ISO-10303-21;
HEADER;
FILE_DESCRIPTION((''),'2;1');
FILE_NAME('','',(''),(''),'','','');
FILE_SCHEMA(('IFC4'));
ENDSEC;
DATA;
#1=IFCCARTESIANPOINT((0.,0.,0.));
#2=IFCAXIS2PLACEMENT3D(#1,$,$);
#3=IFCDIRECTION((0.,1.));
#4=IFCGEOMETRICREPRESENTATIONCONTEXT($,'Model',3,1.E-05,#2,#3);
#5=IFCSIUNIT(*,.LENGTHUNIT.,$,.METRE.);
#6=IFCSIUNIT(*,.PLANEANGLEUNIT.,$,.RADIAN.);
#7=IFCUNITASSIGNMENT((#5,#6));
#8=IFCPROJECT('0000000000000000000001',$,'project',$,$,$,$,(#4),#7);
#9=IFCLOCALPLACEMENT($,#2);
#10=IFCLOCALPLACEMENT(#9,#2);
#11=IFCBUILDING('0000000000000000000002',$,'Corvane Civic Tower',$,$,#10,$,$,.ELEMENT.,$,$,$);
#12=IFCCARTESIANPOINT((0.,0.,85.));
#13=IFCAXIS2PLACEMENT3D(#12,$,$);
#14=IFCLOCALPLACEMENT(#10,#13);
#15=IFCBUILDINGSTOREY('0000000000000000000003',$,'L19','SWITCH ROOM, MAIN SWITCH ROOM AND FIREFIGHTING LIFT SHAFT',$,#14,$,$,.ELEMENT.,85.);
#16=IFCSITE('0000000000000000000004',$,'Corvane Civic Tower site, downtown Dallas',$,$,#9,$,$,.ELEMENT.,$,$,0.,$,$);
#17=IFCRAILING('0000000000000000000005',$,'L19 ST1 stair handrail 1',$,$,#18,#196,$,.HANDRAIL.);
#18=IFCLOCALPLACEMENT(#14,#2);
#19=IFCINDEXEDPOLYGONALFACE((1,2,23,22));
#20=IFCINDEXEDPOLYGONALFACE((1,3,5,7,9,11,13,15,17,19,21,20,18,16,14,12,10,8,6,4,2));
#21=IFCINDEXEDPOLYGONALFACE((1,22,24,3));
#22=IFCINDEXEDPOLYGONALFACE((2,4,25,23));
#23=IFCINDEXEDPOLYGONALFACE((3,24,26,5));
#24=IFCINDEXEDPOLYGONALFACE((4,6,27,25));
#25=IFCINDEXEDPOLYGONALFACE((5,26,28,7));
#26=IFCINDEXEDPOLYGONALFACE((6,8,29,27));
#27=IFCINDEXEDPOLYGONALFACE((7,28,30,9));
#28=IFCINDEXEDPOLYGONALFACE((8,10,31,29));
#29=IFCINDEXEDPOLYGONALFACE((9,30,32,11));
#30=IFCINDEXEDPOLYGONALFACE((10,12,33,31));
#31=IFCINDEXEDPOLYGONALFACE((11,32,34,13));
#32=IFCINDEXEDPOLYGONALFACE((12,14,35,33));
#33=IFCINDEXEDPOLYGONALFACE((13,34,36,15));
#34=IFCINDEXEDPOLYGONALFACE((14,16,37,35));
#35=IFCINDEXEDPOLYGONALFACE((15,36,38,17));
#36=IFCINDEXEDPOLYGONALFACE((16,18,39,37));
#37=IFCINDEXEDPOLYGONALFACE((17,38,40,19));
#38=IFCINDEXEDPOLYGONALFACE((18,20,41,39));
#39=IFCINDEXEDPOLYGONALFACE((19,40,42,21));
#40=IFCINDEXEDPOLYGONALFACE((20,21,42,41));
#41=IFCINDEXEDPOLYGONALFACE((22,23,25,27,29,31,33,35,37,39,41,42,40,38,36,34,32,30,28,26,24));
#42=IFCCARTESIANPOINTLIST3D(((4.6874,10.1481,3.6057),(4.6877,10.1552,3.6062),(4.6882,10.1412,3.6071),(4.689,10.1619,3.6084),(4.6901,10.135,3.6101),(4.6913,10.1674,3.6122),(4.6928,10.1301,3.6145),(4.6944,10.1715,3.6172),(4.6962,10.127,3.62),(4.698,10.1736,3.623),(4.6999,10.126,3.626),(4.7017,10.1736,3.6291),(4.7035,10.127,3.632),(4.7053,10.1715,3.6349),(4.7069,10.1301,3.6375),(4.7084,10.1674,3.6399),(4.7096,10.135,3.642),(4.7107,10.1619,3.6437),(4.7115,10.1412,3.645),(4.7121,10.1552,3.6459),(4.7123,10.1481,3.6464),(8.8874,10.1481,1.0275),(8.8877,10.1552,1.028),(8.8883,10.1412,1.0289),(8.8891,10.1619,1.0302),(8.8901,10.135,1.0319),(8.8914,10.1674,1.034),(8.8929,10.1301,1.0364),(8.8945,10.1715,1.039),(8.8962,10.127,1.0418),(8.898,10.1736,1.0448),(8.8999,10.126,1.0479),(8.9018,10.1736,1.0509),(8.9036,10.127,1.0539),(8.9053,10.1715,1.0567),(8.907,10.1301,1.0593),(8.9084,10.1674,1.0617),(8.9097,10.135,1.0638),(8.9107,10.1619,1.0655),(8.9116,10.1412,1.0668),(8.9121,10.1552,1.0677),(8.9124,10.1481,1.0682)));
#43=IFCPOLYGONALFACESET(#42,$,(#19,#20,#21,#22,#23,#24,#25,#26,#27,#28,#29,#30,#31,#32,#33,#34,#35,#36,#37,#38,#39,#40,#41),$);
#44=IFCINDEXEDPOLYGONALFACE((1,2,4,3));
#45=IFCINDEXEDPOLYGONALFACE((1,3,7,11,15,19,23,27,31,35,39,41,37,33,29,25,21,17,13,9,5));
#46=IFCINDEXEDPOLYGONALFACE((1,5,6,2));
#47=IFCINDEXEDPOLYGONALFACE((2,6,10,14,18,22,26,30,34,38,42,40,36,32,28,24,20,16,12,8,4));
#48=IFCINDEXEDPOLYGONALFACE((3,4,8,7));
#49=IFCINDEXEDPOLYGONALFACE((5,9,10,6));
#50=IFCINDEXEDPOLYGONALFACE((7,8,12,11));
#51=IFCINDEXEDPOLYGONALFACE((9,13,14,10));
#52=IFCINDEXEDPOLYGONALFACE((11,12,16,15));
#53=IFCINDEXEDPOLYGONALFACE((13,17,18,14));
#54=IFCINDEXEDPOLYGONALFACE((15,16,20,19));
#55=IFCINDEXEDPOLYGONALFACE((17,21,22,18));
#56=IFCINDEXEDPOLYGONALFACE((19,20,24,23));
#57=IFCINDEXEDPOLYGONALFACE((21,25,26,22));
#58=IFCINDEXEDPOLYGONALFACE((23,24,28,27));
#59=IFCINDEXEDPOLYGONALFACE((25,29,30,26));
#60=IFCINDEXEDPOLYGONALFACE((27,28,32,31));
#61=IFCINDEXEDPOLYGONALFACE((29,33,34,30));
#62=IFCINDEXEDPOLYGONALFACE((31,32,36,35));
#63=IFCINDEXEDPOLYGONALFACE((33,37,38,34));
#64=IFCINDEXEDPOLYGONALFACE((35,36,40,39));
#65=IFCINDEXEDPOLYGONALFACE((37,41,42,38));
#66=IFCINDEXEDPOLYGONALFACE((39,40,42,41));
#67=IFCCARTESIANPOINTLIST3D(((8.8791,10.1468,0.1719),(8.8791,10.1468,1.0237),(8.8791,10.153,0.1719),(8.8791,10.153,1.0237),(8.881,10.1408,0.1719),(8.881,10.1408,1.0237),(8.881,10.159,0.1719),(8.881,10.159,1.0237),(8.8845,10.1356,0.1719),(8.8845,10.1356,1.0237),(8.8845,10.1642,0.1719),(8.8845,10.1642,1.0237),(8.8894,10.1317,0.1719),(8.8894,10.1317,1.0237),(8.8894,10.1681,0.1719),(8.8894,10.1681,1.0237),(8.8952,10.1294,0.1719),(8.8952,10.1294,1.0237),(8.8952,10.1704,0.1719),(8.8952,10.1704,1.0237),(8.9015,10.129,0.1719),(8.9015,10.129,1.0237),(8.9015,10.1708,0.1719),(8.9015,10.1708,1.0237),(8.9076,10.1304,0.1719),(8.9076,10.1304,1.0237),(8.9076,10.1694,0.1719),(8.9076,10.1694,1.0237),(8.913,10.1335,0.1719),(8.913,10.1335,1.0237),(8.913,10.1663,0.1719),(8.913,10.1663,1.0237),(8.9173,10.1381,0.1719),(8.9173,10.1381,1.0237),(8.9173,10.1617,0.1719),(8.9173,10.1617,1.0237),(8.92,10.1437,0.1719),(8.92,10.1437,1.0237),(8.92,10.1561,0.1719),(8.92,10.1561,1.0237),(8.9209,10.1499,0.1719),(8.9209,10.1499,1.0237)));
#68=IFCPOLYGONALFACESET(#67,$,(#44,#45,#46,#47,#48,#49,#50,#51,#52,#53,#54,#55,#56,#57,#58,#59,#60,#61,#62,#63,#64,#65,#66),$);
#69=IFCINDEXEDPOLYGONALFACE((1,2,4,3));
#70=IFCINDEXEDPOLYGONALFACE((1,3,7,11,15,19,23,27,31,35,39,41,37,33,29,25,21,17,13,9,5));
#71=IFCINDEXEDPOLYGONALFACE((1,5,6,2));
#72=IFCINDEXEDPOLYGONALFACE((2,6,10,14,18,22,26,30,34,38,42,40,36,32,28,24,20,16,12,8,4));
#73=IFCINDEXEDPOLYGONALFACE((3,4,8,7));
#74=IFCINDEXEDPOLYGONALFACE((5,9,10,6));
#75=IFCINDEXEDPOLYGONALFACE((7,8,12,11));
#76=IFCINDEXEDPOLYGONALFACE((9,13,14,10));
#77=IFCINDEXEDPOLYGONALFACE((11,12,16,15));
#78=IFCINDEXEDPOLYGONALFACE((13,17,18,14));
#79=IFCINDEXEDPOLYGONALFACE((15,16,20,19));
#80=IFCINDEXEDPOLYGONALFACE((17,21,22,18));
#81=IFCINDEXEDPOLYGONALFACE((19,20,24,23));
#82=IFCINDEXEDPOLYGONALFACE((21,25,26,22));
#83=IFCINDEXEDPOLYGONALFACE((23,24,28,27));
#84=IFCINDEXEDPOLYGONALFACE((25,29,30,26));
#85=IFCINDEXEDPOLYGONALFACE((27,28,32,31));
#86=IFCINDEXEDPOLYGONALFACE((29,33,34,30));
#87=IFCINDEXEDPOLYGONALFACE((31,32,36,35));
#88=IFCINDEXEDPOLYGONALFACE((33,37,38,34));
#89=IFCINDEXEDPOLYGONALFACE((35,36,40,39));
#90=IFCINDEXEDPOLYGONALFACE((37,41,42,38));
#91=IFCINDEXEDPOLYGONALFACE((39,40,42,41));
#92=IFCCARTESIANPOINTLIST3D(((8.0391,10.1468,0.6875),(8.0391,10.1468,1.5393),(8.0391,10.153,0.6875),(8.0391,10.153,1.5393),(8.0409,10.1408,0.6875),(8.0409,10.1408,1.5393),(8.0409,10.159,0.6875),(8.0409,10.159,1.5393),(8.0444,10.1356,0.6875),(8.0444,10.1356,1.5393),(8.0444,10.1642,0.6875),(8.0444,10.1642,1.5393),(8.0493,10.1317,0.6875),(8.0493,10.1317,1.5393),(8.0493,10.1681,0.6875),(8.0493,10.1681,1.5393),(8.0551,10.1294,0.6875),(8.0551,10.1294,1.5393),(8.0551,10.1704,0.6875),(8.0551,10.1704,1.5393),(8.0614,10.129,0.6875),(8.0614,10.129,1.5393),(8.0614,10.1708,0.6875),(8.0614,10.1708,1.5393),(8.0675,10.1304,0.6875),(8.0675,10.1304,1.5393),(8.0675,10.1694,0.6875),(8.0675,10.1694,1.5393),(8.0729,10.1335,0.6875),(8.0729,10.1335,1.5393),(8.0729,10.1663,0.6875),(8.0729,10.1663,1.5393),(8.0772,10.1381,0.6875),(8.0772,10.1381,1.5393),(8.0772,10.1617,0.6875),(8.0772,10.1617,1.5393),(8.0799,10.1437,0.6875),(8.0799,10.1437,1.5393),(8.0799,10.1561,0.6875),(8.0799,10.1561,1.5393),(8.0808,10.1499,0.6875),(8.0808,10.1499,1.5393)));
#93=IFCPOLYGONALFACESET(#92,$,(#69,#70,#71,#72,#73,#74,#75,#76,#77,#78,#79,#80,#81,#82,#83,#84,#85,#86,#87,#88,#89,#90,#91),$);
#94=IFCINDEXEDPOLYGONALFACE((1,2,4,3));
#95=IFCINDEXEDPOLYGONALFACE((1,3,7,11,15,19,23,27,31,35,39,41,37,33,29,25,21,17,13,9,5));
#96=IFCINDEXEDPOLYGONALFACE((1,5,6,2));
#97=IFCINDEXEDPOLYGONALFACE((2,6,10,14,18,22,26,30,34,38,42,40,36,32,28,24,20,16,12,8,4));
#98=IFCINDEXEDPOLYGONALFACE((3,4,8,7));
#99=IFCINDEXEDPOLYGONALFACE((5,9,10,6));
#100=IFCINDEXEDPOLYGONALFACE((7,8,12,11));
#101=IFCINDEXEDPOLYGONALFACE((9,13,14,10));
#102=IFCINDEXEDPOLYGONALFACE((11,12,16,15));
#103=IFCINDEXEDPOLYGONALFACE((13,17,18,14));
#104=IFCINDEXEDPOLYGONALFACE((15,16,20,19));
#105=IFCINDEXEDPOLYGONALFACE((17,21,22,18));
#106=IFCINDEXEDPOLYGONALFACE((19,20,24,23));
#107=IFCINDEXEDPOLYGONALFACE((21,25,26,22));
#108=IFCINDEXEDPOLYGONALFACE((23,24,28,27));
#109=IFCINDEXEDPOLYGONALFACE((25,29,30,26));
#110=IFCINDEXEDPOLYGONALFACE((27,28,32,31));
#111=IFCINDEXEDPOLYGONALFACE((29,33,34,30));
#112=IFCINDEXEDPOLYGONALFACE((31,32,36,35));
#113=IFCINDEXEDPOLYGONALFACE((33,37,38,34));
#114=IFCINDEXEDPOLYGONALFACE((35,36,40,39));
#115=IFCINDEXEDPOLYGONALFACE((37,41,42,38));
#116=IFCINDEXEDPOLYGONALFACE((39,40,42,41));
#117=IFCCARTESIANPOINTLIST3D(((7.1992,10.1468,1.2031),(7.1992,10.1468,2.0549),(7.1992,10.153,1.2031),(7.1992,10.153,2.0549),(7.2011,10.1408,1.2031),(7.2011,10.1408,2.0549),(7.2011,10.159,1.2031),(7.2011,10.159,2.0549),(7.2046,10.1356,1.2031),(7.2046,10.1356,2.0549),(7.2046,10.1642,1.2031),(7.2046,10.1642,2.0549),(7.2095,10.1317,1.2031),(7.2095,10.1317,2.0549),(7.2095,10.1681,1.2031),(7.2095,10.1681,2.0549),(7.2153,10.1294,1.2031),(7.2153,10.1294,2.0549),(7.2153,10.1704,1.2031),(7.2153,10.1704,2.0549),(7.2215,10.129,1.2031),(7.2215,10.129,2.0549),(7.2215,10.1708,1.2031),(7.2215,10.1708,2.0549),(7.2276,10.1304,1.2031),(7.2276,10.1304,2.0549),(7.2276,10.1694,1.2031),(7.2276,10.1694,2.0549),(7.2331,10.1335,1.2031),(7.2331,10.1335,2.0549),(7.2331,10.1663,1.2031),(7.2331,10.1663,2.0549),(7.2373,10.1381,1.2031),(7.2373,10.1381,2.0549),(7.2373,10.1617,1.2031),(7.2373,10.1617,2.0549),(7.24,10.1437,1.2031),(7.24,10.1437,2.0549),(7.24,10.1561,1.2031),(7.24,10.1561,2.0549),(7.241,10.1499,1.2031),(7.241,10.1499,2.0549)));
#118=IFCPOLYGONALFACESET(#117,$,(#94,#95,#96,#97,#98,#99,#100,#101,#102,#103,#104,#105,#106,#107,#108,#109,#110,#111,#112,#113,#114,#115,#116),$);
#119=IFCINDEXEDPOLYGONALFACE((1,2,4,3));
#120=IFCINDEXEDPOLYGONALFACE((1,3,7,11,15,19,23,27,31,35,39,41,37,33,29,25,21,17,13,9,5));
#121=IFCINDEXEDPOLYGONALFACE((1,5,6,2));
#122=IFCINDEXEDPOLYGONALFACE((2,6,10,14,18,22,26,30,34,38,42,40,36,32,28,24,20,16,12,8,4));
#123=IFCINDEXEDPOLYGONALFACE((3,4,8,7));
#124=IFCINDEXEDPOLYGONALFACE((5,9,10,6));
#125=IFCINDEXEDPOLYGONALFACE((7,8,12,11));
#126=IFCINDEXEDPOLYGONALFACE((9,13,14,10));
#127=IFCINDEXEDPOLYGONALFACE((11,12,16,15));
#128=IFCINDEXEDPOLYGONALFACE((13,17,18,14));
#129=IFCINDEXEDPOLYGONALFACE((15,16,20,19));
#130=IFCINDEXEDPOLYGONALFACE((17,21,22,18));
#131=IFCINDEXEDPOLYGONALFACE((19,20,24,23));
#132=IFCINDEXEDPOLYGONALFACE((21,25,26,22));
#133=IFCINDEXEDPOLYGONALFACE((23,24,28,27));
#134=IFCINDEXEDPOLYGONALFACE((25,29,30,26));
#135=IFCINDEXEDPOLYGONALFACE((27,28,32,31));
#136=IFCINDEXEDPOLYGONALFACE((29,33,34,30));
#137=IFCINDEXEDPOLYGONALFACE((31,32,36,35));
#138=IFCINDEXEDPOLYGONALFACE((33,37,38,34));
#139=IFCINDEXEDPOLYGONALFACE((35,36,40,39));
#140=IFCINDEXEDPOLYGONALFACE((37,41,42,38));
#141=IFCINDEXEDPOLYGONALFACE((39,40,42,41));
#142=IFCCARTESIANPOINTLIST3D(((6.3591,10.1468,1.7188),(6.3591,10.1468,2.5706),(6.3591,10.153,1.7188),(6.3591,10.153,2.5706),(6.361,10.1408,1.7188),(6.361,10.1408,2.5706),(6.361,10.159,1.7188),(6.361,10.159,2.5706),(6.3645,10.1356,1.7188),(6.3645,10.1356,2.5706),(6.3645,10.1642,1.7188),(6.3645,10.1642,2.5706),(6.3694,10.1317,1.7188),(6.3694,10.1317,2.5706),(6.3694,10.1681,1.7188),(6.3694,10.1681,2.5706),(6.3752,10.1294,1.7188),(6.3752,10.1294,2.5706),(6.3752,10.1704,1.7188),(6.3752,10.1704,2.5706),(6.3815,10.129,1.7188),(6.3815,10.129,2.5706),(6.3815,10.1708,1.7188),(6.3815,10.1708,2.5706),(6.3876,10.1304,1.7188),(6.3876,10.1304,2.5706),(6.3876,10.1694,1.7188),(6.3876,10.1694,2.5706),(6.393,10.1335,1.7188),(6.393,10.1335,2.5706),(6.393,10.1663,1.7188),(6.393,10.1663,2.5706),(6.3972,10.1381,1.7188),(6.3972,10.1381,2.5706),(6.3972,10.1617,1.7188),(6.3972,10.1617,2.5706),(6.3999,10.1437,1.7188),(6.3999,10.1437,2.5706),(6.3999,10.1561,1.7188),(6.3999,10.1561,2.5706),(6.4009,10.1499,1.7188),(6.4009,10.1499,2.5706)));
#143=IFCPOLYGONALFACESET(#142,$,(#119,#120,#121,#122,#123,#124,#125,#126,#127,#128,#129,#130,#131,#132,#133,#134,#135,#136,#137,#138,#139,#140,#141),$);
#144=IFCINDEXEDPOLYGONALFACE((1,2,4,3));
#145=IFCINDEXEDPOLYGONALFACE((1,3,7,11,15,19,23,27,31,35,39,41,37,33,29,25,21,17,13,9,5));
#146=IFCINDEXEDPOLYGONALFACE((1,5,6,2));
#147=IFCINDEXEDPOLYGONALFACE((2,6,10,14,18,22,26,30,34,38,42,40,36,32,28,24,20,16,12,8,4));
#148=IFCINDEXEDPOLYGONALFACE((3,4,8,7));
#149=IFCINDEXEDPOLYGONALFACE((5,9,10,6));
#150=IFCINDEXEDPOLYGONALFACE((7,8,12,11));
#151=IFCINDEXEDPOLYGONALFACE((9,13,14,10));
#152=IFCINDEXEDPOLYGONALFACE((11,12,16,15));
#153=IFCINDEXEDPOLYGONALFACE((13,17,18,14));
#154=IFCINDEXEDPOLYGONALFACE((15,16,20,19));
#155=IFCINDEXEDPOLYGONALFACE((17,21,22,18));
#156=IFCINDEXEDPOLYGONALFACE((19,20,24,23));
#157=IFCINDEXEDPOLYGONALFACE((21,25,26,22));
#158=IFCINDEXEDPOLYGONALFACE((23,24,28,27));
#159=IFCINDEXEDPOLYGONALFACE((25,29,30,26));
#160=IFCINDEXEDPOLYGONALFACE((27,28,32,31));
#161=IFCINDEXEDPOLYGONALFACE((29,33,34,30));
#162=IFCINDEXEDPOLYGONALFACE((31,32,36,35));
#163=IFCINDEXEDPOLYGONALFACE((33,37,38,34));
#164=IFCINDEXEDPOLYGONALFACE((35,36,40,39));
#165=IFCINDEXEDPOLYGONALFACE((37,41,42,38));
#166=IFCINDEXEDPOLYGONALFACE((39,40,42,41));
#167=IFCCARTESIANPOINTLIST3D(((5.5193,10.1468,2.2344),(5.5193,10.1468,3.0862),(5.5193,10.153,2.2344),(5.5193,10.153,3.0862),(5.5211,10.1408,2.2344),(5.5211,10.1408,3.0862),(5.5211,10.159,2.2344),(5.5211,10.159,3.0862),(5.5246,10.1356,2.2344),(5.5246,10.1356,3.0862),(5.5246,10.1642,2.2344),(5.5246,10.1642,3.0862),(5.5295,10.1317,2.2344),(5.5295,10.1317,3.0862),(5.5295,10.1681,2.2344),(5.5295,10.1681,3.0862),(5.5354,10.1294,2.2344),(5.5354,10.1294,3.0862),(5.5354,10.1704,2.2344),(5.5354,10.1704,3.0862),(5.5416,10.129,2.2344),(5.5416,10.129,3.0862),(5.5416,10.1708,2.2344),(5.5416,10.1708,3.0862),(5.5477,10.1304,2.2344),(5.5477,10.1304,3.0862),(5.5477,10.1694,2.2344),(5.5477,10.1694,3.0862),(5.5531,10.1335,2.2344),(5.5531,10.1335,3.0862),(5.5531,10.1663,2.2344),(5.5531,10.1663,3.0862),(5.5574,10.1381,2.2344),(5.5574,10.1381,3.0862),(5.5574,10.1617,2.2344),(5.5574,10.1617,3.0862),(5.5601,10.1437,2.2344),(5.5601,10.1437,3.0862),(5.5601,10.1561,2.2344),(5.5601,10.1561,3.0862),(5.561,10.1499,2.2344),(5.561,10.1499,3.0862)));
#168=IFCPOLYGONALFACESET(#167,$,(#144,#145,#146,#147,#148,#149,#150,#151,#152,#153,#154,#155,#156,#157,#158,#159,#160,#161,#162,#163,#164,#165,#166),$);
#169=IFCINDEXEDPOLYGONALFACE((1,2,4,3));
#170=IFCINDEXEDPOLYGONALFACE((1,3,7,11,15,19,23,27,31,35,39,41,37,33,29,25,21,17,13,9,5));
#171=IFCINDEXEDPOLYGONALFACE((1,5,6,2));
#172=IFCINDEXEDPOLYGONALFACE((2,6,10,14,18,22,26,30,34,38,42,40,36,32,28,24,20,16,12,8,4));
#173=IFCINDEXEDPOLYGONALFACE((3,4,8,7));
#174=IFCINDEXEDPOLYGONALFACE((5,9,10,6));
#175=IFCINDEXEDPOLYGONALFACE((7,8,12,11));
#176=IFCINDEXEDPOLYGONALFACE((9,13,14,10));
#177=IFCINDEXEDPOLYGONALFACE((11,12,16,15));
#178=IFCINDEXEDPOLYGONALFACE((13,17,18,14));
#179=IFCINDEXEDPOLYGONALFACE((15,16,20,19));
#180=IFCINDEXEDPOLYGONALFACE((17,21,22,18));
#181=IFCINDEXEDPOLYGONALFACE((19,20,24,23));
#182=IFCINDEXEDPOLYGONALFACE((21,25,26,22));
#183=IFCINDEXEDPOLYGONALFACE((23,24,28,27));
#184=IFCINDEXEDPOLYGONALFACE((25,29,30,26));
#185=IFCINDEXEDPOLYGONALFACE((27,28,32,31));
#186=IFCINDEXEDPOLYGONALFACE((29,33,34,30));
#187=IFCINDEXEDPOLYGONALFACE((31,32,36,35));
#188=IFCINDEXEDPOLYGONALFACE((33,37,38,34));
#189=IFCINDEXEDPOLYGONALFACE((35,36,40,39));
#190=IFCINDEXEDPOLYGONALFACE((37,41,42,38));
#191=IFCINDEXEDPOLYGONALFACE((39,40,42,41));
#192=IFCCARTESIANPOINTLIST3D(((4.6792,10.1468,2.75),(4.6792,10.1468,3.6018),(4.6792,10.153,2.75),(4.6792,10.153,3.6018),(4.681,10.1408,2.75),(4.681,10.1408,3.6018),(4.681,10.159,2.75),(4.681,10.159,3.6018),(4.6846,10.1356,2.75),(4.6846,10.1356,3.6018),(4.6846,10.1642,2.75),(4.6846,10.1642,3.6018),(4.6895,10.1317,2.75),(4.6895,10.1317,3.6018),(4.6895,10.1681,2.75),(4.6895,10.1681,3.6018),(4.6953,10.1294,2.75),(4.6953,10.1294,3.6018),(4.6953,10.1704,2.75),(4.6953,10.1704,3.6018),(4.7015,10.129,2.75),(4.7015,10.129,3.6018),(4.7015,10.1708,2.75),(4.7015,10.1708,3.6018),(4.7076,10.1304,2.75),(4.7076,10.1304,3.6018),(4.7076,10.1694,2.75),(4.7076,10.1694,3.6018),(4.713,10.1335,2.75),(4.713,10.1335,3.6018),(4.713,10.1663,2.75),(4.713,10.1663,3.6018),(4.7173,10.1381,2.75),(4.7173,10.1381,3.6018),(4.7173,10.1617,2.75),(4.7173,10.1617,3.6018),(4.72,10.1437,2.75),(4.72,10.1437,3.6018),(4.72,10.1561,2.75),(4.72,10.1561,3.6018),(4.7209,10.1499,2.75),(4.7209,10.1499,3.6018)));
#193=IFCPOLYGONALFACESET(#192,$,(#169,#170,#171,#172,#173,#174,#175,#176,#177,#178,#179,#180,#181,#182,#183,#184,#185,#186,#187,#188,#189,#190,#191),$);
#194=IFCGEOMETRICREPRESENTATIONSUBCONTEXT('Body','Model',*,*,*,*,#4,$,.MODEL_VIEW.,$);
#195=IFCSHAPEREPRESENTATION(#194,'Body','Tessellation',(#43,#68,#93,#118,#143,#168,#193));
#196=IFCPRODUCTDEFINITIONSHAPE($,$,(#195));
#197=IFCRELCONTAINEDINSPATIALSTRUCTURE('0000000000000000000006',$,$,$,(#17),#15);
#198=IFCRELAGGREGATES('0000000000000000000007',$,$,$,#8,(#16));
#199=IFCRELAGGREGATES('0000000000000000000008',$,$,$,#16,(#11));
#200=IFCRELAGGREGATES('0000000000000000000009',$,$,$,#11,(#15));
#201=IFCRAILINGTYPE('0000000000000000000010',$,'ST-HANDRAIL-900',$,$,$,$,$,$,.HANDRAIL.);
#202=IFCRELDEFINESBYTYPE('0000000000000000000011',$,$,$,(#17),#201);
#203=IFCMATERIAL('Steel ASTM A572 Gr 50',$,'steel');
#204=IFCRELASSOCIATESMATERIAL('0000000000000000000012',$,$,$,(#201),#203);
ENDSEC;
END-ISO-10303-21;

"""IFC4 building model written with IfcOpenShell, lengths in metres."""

from ifc_helpers import new_model, si_unit, direction, frame, origin, origin_2d, place, context, subcontext, project, spatial, circle, extrude, material, type_object, element, save


model = new_model("IFC4")

# Units and contexts
model_context = context("Model", 3, precision=1e-05, world=origin(), true_north=direction((0.0, 1.0)))
body_context = subcontext(model_context, "Body", "Model", "MODEL_VIEW")
ifc_project = project(units=[si_unit("LENGTHUNIT", "METRE"), si_unit("PLANEANGLEUNIT", "RADIAN")], contexts=[model_context])

# Site, building, storey
site_placement = place(None, origin())
site = spatial("IfcSite", under=ifc_project, at=site_placement, Name="Corvane Civic Tower site, downtown Dallas", CompositionType="ELEMENT", RefElevation=0.0)
building_placement = place(site_placement, origin())
building = spatial("IfcBuilding", under=site, at=building_placement, Name="Corvane Civic Tower", CompositionType="ELEMENT")
storey_placement = place(building_placement, frame((0.0, 0.0, 85.0)))
storey = spatial("IfcBuildingStorey", under=building, at=storey_placement, Name="L19", Description="SWITCH ROOM, MAIN SWITCH ROOM AND FIREFIGHTING LIFT SHAFT", CompositionType="ELEMENT", Elevation=85.0)

# Railing
ifc_material_1 = material(Name="Steel ASTM A572 Gr 50", Category="steel")
railing_type_1 = type_object("IfcRailingType", Name="ST-HANDRAIL-900", PredefinedType="HANDRAIL", material=ifc_material_1)
railing_1_placement = place(storey_placement, frame((8.8999, 10.1499, 0.1719)))
element("IfcRailing", 1, at=railing_1_placement, inside=storey, type_object=railing_type_1, Name="L19 ST1 stair handrail 1", PredefinedType="HANDRAIL", context=body_context, shape_type="SweptSolid", body=[
    extrude(circle(Radius=0.0239, at=origin_2d()), frame((0.0, 0.0, 0.876), z_axis=(-0.852243, 0.0, 0.523146), x_axis=(0.0, -1.0, 0.0)), (0.0, 0.0, 1.0), 4.9282),
    extrude(circle(Radius=0.021, at=origin_2d()), origin(), (0.0, 0.0, 1.0), 0.8518),
    extrude(circle(Radius=0.021, at=origin_2d()), frame((-0.8401, 0.0, 0.5156)), (0.0, 0.0, 1.0), 0.8518),
    extrude(circle(Radius=0.021, at=origin_2d()), frame((-1.6799, 0.0, 1.0312)), (0.0, 0.0, 1.0), 0.8518),
    extrude(circle(Radius=0.021, at=origin_2d()), frame((-2.52, 0.0, 1.5469)), (0.0, 0.0, 1.0), 0.8518),
    extrude(circle(Radius=0.021, at=origin_2d()), frame((-3.3599, 0.0, 2.0625)), (0.0, 0.0, 1.0), 0.8518),
    extrude(circle(Radius=0.021, at=origin_2d()), frame((-4.2, 0.0, 2.5781)), (0.0, 0.0, 1.0), 0.8518),
])

save(model, "model.ifc")
